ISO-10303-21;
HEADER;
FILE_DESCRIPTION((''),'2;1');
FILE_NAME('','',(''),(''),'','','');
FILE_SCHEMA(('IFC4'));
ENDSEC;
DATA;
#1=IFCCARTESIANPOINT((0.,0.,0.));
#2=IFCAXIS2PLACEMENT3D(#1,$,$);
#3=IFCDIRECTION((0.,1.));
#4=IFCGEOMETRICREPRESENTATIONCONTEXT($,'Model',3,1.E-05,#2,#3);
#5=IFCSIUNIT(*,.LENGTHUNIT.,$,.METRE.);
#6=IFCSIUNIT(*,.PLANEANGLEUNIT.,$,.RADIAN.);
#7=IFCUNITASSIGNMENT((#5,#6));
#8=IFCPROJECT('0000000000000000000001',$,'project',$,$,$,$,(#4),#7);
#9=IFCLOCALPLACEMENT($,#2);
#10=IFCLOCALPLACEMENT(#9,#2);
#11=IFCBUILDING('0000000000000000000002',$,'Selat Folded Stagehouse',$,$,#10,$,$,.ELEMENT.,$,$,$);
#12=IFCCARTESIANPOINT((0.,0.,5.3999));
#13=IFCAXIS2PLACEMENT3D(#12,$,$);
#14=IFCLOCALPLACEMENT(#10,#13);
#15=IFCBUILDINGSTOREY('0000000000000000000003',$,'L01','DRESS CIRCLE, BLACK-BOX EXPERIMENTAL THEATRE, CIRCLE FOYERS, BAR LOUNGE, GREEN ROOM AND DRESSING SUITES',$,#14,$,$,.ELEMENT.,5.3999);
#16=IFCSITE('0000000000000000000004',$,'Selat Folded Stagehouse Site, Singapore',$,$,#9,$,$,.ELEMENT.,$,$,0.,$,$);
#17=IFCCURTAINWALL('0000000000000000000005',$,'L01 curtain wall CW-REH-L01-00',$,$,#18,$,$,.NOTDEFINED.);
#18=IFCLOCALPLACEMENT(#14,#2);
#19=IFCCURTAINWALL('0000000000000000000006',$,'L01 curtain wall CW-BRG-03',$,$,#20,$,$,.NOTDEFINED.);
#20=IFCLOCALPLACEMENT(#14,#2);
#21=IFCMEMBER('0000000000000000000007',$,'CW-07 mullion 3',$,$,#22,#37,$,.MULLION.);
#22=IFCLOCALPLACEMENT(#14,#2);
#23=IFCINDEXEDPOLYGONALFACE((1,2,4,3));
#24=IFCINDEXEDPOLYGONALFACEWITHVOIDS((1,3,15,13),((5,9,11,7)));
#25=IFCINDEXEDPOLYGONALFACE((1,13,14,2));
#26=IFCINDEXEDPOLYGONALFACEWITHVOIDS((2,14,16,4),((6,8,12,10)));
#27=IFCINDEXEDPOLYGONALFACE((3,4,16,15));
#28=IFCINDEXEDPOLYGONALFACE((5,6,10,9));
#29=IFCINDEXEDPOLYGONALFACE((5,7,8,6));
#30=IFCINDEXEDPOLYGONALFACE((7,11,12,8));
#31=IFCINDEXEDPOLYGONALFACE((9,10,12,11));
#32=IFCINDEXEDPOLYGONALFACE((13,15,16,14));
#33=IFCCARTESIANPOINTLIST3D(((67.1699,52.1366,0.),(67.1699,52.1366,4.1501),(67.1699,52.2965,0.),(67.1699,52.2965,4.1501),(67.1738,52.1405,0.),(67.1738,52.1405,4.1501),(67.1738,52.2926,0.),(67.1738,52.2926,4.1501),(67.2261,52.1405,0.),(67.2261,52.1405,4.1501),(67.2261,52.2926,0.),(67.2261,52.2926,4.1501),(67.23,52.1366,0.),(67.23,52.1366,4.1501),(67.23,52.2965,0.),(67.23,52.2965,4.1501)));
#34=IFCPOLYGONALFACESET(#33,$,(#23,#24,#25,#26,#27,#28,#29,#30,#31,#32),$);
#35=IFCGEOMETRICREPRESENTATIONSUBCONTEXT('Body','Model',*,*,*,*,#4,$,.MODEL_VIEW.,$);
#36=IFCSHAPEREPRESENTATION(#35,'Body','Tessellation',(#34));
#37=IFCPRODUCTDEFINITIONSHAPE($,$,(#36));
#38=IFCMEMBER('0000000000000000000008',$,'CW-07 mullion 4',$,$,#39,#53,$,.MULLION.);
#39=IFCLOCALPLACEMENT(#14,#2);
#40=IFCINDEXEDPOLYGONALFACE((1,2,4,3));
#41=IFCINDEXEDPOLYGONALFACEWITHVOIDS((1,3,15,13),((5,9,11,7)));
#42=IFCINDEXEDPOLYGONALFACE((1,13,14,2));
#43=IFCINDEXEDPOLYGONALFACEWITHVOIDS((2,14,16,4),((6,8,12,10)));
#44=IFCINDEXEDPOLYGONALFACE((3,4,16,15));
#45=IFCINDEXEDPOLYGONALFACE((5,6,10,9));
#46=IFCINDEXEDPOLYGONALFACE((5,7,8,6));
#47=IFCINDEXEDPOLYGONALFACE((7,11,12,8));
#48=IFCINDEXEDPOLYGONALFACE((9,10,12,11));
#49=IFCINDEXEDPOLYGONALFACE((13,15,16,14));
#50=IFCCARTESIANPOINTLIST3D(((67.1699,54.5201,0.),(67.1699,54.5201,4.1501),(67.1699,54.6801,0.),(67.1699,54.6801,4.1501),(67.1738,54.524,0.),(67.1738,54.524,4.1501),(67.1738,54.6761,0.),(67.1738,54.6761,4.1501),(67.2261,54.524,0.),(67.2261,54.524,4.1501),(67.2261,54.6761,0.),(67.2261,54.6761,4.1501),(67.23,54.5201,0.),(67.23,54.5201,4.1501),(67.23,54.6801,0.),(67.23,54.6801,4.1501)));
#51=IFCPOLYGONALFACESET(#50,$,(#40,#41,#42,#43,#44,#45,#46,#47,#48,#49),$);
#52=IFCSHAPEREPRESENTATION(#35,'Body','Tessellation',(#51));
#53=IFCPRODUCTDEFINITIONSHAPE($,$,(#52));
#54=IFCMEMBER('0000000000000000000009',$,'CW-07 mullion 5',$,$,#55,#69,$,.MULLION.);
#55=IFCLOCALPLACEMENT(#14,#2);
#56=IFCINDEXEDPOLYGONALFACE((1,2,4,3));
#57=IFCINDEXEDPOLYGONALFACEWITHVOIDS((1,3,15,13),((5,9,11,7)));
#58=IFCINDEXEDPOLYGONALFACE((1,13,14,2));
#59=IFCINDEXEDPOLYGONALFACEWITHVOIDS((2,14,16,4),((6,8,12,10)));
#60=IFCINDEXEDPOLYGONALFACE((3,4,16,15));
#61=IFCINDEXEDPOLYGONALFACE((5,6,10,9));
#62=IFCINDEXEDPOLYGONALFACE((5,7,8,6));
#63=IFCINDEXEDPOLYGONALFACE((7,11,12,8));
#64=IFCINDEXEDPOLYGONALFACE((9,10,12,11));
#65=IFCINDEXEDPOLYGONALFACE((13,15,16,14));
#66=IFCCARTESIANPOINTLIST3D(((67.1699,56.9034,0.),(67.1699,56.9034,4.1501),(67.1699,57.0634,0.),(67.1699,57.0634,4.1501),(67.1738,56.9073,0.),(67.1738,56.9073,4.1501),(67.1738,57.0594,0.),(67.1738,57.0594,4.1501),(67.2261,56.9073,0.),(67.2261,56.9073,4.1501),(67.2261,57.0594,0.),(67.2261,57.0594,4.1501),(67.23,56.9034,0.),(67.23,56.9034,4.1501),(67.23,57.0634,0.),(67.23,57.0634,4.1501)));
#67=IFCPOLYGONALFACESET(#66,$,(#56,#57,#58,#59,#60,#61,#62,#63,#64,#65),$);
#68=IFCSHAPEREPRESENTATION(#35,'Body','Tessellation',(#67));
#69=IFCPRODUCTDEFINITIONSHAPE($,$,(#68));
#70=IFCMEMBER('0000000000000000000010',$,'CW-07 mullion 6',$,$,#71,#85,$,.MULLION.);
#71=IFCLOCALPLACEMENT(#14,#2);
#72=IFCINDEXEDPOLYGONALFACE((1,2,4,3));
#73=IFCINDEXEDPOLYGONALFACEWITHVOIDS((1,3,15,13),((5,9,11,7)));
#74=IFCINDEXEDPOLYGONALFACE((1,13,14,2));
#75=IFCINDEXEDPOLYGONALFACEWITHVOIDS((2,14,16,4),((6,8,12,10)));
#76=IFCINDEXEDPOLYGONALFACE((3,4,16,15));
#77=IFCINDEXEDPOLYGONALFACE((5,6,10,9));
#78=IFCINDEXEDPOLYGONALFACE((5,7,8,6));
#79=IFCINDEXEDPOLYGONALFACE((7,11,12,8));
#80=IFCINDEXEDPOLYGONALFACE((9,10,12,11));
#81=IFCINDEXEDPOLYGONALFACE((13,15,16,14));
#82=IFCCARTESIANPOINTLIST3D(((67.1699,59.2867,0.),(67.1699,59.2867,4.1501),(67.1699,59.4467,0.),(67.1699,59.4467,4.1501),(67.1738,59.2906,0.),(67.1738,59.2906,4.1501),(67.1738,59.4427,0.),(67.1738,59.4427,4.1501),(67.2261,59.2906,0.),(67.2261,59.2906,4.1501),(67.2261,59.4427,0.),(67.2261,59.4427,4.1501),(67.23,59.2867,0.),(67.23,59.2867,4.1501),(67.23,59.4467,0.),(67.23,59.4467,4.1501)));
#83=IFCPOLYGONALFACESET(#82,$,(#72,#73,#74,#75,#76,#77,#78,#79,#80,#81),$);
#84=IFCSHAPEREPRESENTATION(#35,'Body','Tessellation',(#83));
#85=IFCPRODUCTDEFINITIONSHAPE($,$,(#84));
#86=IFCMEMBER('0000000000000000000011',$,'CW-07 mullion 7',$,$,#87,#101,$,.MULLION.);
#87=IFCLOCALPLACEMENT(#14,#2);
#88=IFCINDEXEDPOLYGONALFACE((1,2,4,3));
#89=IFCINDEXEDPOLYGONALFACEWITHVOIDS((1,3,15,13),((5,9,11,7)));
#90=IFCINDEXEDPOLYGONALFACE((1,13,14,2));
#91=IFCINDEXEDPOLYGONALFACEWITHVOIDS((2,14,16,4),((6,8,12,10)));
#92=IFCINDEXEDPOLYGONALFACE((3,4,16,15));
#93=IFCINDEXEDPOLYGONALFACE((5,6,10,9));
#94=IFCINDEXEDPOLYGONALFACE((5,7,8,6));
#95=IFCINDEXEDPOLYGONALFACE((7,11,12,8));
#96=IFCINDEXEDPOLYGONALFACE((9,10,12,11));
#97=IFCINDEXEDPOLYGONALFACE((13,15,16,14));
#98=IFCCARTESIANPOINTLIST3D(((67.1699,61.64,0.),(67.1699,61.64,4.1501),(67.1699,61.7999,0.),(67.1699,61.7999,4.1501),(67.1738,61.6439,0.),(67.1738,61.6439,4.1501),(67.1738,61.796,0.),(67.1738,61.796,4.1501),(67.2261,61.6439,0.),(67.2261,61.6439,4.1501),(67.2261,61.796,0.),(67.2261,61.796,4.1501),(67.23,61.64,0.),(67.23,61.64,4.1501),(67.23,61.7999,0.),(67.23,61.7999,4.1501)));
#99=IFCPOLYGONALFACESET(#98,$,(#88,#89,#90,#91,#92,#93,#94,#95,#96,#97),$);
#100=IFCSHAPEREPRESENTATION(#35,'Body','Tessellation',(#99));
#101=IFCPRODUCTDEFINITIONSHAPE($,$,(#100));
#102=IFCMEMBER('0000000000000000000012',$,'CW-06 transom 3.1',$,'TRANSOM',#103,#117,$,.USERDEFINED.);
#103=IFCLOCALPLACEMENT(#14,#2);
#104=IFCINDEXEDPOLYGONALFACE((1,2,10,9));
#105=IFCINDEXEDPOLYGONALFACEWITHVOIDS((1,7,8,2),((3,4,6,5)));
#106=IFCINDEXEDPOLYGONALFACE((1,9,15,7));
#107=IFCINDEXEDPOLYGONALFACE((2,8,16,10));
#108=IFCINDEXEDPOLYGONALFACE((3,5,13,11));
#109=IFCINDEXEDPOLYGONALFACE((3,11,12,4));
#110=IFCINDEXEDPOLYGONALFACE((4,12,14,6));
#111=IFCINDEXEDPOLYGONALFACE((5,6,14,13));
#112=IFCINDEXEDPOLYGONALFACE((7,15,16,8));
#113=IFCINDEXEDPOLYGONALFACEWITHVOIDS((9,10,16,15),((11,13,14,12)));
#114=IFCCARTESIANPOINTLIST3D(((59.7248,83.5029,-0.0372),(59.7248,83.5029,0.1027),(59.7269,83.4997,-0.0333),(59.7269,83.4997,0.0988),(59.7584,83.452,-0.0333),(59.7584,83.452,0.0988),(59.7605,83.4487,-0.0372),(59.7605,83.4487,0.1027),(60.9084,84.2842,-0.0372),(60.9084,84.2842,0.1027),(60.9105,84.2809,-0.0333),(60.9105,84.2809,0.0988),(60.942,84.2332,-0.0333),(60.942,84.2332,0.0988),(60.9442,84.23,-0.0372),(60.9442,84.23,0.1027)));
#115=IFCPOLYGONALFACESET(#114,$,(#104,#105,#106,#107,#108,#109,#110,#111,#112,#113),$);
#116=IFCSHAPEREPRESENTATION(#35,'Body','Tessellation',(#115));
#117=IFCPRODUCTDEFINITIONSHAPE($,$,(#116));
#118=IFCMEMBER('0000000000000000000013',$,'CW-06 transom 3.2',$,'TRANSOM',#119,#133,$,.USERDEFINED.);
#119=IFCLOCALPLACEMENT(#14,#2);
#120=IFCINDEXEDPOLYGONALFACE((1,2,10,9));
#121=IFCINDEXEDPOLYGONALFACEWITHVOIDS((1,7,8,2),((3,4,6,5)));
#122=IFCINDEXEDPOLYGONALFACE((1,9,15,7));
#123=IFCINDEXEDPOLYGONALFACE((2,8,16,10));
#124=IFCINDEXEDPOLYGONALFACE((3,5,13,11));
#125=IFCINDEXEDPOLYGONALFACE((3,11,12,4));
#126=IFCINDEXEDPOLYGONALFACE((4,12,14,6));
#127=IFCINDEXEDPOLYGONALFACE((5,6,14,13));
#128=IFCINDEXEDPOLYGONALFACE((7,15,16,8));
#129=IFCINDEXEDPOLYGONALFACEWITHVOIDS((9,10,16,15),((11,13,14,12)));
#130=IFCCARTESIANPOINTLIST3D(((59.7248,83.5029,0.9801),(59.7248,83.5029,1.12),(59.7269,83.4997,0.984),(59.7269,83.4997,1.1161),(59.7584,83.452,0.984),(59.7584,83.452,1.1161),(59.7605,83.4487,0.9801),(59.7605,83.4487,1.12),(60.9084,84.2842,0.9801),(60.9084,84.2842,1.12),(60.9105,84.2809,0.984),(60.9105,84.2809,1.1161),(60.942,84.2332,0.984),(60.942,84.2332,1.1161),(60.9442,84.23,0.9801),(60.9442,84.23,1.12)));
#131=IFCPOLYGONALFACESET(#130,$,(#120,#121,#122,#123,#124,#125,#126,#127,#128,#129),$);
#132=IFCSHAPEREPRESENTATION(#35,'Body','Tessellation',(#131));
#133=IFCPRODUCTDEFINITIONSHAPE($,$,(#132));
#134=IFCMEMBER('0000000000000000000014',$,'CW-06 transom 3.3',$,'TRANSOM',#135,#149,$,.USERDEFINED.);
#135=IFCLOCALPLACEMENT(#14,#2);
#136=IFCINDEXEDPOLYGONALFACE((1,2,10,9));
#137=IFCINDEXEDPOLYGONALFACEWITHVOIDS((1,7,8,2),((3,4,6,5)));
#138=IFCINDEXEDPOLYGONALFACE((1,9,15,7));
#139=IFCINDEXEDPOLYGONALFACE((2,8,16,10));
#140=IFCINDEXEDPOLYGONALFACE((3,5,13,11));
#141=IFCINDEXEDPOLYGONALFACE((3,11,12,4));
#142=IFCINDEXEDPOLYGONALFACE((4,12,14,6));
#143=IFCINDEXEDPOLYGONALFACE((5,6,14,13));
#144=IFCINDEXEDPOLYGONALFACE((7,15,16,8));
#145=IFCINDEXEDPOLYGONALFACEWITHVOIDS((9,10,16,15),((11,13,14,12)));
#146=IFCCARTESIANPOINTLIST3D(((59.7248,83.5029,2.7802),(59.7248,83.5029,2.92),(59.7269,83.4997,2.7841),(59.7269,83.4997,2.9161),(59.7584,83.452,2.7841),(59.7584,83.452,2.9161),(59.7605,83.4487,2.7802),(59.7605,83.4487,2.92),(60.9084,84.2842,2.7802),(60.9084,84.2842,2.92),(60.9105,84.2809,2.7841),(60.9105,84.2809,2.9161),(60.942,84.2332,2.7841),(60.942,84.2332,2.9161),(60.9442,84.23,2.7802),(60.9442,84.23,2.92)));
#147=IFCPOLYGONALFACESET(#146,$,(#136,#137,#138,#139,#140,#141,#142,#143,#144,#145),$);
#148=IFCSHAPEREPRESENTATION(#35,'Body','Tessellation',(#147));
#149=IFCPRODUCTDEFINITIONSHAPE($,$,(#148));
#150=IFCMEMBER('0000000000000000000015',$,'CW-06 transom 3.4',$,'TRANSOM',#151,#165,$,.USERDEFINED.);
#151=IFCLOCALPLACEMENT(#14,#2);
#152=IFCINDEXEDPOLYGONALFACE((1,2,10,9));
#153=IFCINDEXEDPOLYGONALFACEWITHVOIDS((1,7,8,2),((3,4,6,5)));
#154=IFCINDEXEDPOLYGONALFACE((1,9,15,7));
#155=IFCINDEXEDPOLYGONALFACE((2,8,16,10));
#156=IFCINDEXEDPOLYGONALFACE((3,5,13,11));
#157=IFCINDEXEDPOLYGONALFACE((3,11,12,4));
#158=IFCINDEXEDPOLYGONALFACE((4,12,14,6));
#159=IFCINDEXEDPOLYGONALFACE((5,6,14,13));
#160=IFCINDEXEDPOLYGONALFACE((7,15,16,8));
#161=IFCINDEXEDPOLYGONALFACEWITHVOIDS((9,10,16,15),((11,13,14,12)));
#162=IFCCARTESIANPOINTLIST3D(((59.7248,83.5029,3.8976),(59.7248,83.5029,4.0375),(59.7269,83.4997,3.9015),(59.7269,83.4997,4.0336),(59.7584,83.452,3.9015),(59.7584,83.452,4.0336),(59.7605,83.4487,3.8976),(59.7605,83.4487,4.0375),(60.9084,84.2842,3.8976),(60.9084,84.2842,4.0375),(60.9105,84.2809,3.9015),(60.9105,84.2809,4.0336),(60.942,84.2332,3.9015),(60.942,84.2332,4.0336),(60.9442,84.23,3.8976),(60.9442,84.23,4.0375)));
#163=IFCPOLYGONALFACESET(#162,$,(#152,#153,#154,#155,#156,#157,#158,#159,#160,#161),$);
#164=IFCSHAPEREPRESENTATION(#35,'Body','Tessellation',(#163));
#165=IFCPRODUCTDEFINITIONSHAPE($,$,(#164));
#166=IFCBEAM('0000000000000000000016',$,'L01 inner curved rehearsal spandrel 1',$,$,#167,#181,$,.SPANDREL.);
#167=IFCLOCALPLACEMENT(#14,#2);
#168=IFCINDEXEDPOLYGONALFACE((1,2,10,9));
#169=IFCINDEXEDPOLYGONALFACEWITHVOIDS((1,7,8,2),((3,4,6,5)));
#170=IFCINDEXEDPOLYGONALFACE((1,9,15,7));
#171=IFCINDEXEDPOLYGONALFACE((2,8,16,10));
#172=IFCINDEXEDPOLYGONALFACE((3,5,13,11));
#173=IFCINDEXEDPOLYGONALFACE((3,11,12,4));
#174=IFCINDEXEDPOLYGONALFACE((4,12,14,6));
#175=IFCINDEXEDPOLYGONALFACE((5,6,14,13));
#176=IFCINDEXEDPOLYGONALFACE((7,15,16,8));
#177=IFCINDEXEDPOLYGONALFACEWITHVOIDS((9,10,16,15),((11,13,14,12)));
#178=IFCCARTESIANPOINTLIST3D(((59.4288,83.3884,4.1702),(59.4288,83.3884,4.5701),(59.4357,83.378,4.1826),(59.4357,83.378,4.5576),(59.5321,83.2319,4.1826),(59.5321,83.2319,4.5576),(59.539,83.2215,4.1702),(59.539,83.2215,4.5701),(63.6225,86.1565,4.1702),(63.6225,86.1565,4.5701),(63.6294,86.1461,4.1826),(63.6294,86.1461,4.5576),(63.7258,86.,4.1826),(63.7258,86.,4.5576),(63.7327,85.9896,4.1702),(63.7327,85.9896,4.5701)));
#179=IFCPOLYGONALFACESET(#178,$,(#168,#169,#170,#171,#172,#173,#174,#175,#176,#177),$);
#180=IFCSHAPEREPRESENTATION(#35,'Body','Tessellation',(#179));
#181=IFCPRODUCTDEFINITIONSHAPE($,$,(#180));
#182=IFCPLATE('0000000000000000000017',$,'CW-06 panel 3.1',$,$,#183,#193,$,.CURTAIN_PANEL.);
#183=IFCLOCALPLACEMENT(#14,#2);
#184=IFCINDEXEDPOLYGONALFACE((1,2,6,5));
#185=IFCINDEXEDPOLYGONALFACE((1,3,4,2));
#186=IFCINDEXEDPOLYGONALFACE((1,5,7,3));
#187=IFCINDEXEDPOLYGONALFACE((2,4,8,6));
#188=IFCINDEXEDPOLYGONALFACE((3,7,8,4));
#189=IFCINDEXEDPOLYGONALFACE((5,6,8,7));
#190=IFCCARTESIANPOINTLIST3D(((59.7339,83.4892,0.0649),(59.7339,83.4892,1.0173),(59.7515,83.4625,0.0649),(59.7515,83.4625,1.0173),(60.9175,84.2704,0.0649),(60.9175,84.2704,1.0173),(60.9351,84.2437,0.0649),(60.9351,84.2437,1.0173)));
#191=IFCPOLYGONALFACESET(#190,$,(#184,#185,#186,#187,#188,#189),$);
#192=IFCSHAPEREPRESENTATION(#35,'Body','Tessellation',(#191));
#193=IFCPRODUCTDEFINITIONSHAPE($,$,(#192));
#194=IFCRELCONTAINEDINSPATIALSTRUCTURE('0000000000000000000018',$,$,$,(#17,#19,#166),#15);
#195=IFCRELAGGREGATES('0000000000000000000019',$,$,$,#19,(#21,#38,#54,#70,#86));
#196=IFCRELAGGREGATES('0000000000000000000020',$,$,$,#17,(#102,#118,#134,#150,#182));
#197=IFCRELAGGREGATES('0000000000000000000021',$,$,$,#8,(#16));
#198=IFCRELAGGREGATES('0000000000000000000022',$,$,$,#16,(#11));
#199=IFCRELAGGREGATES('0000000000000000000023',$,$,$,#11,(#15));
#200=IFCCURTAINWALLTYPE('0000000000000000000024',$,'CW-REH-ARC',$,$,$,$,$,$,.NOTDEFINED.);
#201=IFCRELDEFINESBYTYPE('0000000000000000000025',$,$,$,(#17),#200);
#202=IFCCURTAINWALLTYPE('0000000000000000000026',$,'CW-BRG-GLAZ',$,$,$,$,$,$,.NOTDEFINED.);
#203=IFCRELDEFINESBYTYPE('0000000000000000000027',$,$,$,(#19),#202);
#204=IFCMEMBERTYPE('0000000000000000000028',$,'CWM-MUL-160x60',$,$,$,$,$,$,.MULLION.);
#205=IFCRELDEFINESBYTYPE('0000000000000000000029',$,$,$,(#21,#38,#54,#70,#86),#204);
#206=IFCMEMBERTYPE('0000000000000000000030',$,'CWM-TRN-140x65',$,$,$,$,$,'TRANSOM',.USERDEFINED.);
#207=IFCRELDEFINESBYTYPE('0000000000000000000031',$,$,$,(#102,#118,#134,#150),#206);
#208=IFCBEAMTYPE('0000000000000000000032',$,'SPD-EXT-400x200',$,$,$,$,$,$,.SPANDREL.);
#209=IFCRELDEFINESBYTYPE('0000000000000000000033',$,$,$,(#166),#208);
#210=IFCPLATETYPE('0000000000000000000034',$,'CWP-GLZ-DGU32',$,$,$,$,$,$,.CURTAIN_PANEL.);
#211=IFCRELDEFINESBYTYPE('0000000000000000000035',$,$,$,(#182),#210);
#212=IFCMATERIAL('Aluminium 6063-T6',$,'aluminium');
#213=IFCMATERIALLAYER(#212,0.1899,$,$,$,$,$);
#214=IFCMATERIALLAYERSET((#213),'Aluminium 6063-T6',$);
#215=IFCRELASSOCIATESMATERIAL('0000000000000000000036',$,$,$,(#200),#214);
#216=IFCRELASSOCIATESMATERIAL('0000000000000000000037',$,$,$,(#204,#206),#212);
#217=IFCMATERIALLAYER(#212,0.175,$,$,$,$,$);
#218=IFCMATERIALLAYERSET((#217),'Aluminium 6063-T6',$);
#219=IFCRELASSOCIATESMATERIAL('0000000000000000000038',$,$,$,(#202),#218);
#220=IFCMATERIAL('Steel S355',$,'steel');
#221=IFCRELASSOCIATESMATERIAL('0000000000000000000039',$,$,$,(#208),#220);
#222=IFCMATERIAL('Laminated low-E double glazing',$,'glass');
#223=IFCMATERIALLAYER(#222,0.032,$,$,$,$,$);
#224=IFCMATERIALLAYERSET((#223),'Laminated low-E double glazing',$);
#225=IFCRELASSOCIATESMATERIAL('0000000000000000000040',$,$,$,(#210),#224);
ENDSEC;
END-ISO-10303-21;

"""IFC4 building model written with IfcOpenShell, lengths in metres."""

from ifc_helpers import new_model, si_unit, direction, frame, origin, origin_2d, place, context, subcontext, project, spatial, rectangle, hollow_rectangle, extrude, material, layer, layer_set, material_profile, profile_set, type_object, element, aggregate, save


model = new_model("IFC4")

# Units and contexts
model_context = context("Model", 3, precision=1e-05, world=origin(), true_north=direction((0.0, 1.0)))
body_context = subcontext(model_context, "Body", "Model", "MODEL_VIEW")
ifc_project = project(units=[si_unit("LENGTHUNIT", "METRE"), si_unit("PLANEANGLEUNIT", "RADIAN")], contexts=[model_context])

# Site, building, storey
site_placement = place(None, origin())
site = spatial("IfcSite", under=ifc_project, at=site_placement, Name="Selat Folded Stagehouse Site, Singapore", CompositionType="ELEMENT", RefElevation=0.0)
building_placement = place(site_placement, origin())
building = spatial("IfcBuilding", under=site, at=building_placement, Name="Selat Folded Stagehouse", CompositionType="ELEMENT")
storey_placement = place(building_placement, frame((0.0, 0.0, 5.3999)))
storey = spatial("IfcBuildingStorey", under=building, at=storey_placement, Name="L01", Description="DRESS CIRCLE, BLACK-BOX EXPERIMENTAL THEATRE, CIRCLE FOYERS, BAR LOUNGE, GREEN ROOM AND DRESSING SUITES", CompositionType="ELEMENT", Elevation=5.3999)

# Shared definitions
ifc_material_1 = material(Name="Steel S355", Category="steel")

# Curtain walls, members
ifc_material_2 = material(Name="Aluminium 6063-T6", Category="aluminium")
ifc_layer_1 = layer(ifc_material_2, 0.1899)
ifc_layer_set_1 = layer_set([ifc_layer_1], Name="Aluminium 6063-T6")
curtain_wall_type_1 = type_object("IfcCurtainWallType", Name="CW-REH-ARC", PredefinedType="NOTDEFINED", material=ifc_layer_set_1)
curtain_wall_1_placement = place(storey_placement, origin())
curtain_wall_1 = element("IfcCurtainWall", 1, at=curtain_wall_1_placement, inside=storey, type_object=curtain_wall_type_1, Name="L01 curtain wall CW-REH-L01-00", PredefinedType="NOTDEFINED")
ifc_material_profile_1 = material_profile(ifc_material_2, hollow_rectangle(XDim=0.0601, YDim=0.1599, WallThickness=0.0039, at=origin_2d()), Name="ALU 160x60x4.0")
ifc_profile_set_1 = profile_set([ifc_material_profile_1], Name="Aluminium 6063-T6")
member_type_1 = type_object("IfcMemberType", Name="CWM-MUL-160x60", PredefinedType="MULLION", material=ifc_profile_set_1)
ifc_layer_2 = layer(ifc_material_2, 0.175)
ifc_layer_set_2 = layer_set([ifc_layer_2], Name="Aluminium 6063-T6")
curtain_wall_type_2 = type_object("IfcCurtainWallType", Name="CW-BRG-GLAZ", PredefinedType="NOTDEFINED", material=ifc_layer_set_2)
curtain_wall_2_placement = place(storey_placement, origin())
curtain_wall_2 = element("IfcCurtainWall", 2, at=curtain_wall_2_placement, inside=storey, type_object=curtain_wall_type_2, Name="L01 curtain wall CW-BRG-03", PredefinedType="NOTDEFINED")
member_1_placement = place(storey_placement, frame((67.2, 52.2166, 0.0), z_axis=(0.0, 0.0, 1.0), x_axis=(-1.0, 0.0, 0.0)))
member_1 = element("IfcMember", 3, at=member_1_placement, type_object=member_type_1, Name="CW-07 mullion 3", PredefinedType="MULLION", context=body_context, shape_type="SweptSolid", body=[
    extrude(hollow_rectangle(XDim=0.0601, YDim=0.1599, WallThickness=0.0039, at=origin_2d()), origin(), (0.0, 0.0, 1.0), 4.1501),
])
member_2_placement = place(storey_placement, frame((67.2, 54.6001, 0.0), z_axis=(0.0, 0.0, 1.0), x_axis=(-1.0, 0.0, 0.0)))
member_2 = element("IfcMember", 4, at=member_2_placement, type_object=member_type_1, Name="CW-07 mullion 4", PredefinedType="MULLION", context=body_context, shape_type="SweptSolid", body=[
    extrude(hollow_rectangle(XDim=0.0601, YDim=0.1599, WallThickness=0.0039, at=origin_2d()), origin(), (0.0, 0.0, 1.0), 4.1501),
])
member_3_placement = place(storey_placement, frame((67.2, 56.9834, 0.0), z_axis=(0.0, 0.0, 1.0), x_axis=(-1.0, 0.0, 0.0)))
member_3 = element("IfcMember", 5, at=member_3_placement, type_object=member_type_1, Name="CW-07 mullion 5", PredefinedType="MULLION", context=body_context, shape_type="SweptSolid", body=[
    extrude(hollow_rectangle(XDim=0.0601, YDim=0.1599, WallThickness=0.0039, at=origin_2d()), origin(), (0.0, 0.0, 1.0), 4.1501),
])
member_4_placement = place(storey_placement, frame((67.2, 59.3667, 0.0), z_axis=(0.0, 0.0, 1.0), x_axis=(-1.0, 0.0, 0.0)))
member_4 = element("IfcMember", 6, at=member_4_placement, type_object=member_type_1, Name="CW-07 mullion 6", PredefinedType="MULLION", context=body_context, shape_type="SweptSolid", body=[
    extrude(hollow_rectangle(XDim=0.0601, YDim=0.1599, WallThickness=0.0039, at=origin_2d()), origin(), (0.0, 0.0, 1.0), 4.1501),
])
member_5_placement = place(storey_placement, frame((67.2, 61.72, 0.0), z_axis=(0.0, 0.0, 1.0), x_axis=(-1.0, 0.0, 0.0)))
member_5 = element("IfcMember", 7, at=member_5_placement, type_object=member_type_1, Name="CW-07 mullion 7", PredefinedType="MULLION", context=body_context, shape_type="SweptSolid", body=[
    extrude(hollow_rectangle(XDim=0.0601, YDim=0.1599, WallThickness=0.0039, at=origin_2d()), origin(), (0.0, 0.0, 1.0), 4.1501),
])
aggregate(curtain_wall_2, [member_1, member_2, member_3, member_4, member_5])

# Members
ifc_material_profile_2 = material_profile(ifc_material_2, hollow_rectangle(XDim=0.0649, YDim=0.1399, WallThickness=0.0039, at=origin_2d()), Name="ALU 140x65x4.0")
ifc_profile_set_2 = profile_set([ifc_material_profile_2], Name="Aluminium 6063-T6")
member_type_2 = type_object("IfcMemberType", Name="CWM-TRN-140x65", ElementType="TRANSOM", PredefinedType="USERDEFINED", material=ifc_profile_set_2)
member_6_placement = place(storey_placement, frame((60.9263, 84.2571, 0.0327), z_axis=(-0.834584, -0.550881, 0.0), x_axis=(0.550881, -0.834584, 0.0)))
member_6 = element("IfcMember", 8, at=member_6_placement, type_object=member_type_2, Name="CW-06 transom 3.1", ObjectType="TRANSOM", PredefinedType="USERDEFINED", context=body_context, shape_type="SweptSolid", body=[
    extrude(hollow_rectangle(XDim=0.0649, YDim=0.1399, WallThickness=0.0039, at=origin_2d()), origin(), (0.0, 0.0, 1.0), 1.4182),
])
member_7_placement = place(storey_placement, frame((60.9263, 84.2571, 1.05), z_axis=(-0.834584, -0.550881, 0.0), x_axis=(0.550881, -0.834584, 0.0)))
member_7 = element("IfcMember", 9, at=member_7_placement, type_object=member_type_2, Name="CW-06 transom 3.2", ObjectType="TRANSOM", PredefinedType="USERDEFINED", context=body_context, shape_type="SweptSolid", body=[
    extrude(hollow_rectangle(XDim=0.0649, YDim=0.1399, WallThickness=0.0039, at=origin_2d()), origin(), (0.0, 0.0, 1.0), 1.4182),
])
member_8_placement = place(storey_placement, frame((60.9263, 84.2571, 2.8501), z_axis=(-0.834584, -0.550881, 0.0), x_axis=(0.550881, -0.834584, 0.0)))
member_8 = element("IfcMember", 10, at=member_8_placement, type_object=member_type_2, Name="CW-06 transom 3.3", ObjectType="TRANSOM", PredefinedType="USERDEFINED", context=body_context, shape_type="SweptSolid", body=[
    extrude(hollow_rectangle(XDim=0.0649, YDim=0.1399, WallThickness=0.0039, at=origin_2d()), origin(), (0.0, 0.0, 1.0), 1.4182),
])
member_9_placement = place(storey_placement, frame((60.9263, 84.2571, 3.9675), z_axis=(-0.834584, -0.550881, 0.0), x_axis=(0.550881, -0.834584, 0.0)))
member_9 = element("IfcMember", 11, at=member_9_placement, type_object=member_type_2, Name="CW-06 transom 3.4", ObjectType="TRANSOM", PredefinedType="USERDEFINED", context=body_context, shape_type="SweptSolid", body=[
    extrude(hollow_rectangle(XDim=0.0649, YDim=0.1399, WallThickness=0.0039, at=origin_2d()), origin(), (0.0, 0.0, 1.0), 1.4182),
])

# Beam
ifc_material_profile_3 = material_profile(ifc_material_1, hollow_rectangle(XDim=0.2, YDim=0.3999, WallThickness=0.0125, at=origin_2d()), Name="RHS 400x200x12.5")
ifc_profile_set_3 = profile_set([ifc_material_profile_3], Name="Steel S355")
beam_type_1 = type_object("IfcBeamType", Name="SPD-EXT-400x200", PredefinedType="SPANDREL", material=ifc_profile_set_3)
beam_1_placement = place(storey_placement, frame((59.4839, 83.3049, 4.3701), z_axis=(0.834583, 0.550882, 0.0), x_axis=(-0.550882, 0.834583, 0.0)))
element("IfcBeam", 12, at=beam_1_placement, inside=storey, type_object=beam_type_1, Name="L01 inner curved rehearsal spandrel 1", PredefinedType="SPANDREL", context=body_context, shape_type="SweptSolid", body=[
    extrude(hollow_rectangle(XDim=0.2, YDim=0.3999, WallThickness=0.0125, at=origin_2d()), origin(), (0.0, 0.0, 1.0), 5.0249),
])

# Plate
ifc_material_3 = material(Name="Laminated low-E double glazing", Category="glass")
ifc_layer_3 = layer(ifc_material_3, 0.032)
ifc_layer_set_3 = layer_set([ifc_layer_3], Name="Laminated low-E double glazing")
plate_type = type_object("IfcPlateType", Name="CWP-GLZ-DGU32", PredefinedType="CURTAIN_PANEL", material=ifc_layer_set_3)
plate_1_placement = place(storey_placement, frame((60.3345, 83.8665, 0.0649), z_axis=(0.0, 0.0, 1.0), x_axis=(-0.834581, -0.550885, 0.0)))
plate_1 = element("IfcPlate", 13, at=plate_1_placement, type_object=plate_type, Name="CW-06 panel 3.1", PredefinedType="CURTAIN_PANEL", context=body_context, shape_type="SweptSolid", body=[
    extrude(rectangle(XDim=1.4182, YDim=0.032, at=origin_2d()), origin(), (0.0, 0.0, 1.0), 0.9524),
])
aggregate(curtain_wall_1, [member_6, member_7, member_8, member_9, plate_1])

save(model, "model.ifc")
